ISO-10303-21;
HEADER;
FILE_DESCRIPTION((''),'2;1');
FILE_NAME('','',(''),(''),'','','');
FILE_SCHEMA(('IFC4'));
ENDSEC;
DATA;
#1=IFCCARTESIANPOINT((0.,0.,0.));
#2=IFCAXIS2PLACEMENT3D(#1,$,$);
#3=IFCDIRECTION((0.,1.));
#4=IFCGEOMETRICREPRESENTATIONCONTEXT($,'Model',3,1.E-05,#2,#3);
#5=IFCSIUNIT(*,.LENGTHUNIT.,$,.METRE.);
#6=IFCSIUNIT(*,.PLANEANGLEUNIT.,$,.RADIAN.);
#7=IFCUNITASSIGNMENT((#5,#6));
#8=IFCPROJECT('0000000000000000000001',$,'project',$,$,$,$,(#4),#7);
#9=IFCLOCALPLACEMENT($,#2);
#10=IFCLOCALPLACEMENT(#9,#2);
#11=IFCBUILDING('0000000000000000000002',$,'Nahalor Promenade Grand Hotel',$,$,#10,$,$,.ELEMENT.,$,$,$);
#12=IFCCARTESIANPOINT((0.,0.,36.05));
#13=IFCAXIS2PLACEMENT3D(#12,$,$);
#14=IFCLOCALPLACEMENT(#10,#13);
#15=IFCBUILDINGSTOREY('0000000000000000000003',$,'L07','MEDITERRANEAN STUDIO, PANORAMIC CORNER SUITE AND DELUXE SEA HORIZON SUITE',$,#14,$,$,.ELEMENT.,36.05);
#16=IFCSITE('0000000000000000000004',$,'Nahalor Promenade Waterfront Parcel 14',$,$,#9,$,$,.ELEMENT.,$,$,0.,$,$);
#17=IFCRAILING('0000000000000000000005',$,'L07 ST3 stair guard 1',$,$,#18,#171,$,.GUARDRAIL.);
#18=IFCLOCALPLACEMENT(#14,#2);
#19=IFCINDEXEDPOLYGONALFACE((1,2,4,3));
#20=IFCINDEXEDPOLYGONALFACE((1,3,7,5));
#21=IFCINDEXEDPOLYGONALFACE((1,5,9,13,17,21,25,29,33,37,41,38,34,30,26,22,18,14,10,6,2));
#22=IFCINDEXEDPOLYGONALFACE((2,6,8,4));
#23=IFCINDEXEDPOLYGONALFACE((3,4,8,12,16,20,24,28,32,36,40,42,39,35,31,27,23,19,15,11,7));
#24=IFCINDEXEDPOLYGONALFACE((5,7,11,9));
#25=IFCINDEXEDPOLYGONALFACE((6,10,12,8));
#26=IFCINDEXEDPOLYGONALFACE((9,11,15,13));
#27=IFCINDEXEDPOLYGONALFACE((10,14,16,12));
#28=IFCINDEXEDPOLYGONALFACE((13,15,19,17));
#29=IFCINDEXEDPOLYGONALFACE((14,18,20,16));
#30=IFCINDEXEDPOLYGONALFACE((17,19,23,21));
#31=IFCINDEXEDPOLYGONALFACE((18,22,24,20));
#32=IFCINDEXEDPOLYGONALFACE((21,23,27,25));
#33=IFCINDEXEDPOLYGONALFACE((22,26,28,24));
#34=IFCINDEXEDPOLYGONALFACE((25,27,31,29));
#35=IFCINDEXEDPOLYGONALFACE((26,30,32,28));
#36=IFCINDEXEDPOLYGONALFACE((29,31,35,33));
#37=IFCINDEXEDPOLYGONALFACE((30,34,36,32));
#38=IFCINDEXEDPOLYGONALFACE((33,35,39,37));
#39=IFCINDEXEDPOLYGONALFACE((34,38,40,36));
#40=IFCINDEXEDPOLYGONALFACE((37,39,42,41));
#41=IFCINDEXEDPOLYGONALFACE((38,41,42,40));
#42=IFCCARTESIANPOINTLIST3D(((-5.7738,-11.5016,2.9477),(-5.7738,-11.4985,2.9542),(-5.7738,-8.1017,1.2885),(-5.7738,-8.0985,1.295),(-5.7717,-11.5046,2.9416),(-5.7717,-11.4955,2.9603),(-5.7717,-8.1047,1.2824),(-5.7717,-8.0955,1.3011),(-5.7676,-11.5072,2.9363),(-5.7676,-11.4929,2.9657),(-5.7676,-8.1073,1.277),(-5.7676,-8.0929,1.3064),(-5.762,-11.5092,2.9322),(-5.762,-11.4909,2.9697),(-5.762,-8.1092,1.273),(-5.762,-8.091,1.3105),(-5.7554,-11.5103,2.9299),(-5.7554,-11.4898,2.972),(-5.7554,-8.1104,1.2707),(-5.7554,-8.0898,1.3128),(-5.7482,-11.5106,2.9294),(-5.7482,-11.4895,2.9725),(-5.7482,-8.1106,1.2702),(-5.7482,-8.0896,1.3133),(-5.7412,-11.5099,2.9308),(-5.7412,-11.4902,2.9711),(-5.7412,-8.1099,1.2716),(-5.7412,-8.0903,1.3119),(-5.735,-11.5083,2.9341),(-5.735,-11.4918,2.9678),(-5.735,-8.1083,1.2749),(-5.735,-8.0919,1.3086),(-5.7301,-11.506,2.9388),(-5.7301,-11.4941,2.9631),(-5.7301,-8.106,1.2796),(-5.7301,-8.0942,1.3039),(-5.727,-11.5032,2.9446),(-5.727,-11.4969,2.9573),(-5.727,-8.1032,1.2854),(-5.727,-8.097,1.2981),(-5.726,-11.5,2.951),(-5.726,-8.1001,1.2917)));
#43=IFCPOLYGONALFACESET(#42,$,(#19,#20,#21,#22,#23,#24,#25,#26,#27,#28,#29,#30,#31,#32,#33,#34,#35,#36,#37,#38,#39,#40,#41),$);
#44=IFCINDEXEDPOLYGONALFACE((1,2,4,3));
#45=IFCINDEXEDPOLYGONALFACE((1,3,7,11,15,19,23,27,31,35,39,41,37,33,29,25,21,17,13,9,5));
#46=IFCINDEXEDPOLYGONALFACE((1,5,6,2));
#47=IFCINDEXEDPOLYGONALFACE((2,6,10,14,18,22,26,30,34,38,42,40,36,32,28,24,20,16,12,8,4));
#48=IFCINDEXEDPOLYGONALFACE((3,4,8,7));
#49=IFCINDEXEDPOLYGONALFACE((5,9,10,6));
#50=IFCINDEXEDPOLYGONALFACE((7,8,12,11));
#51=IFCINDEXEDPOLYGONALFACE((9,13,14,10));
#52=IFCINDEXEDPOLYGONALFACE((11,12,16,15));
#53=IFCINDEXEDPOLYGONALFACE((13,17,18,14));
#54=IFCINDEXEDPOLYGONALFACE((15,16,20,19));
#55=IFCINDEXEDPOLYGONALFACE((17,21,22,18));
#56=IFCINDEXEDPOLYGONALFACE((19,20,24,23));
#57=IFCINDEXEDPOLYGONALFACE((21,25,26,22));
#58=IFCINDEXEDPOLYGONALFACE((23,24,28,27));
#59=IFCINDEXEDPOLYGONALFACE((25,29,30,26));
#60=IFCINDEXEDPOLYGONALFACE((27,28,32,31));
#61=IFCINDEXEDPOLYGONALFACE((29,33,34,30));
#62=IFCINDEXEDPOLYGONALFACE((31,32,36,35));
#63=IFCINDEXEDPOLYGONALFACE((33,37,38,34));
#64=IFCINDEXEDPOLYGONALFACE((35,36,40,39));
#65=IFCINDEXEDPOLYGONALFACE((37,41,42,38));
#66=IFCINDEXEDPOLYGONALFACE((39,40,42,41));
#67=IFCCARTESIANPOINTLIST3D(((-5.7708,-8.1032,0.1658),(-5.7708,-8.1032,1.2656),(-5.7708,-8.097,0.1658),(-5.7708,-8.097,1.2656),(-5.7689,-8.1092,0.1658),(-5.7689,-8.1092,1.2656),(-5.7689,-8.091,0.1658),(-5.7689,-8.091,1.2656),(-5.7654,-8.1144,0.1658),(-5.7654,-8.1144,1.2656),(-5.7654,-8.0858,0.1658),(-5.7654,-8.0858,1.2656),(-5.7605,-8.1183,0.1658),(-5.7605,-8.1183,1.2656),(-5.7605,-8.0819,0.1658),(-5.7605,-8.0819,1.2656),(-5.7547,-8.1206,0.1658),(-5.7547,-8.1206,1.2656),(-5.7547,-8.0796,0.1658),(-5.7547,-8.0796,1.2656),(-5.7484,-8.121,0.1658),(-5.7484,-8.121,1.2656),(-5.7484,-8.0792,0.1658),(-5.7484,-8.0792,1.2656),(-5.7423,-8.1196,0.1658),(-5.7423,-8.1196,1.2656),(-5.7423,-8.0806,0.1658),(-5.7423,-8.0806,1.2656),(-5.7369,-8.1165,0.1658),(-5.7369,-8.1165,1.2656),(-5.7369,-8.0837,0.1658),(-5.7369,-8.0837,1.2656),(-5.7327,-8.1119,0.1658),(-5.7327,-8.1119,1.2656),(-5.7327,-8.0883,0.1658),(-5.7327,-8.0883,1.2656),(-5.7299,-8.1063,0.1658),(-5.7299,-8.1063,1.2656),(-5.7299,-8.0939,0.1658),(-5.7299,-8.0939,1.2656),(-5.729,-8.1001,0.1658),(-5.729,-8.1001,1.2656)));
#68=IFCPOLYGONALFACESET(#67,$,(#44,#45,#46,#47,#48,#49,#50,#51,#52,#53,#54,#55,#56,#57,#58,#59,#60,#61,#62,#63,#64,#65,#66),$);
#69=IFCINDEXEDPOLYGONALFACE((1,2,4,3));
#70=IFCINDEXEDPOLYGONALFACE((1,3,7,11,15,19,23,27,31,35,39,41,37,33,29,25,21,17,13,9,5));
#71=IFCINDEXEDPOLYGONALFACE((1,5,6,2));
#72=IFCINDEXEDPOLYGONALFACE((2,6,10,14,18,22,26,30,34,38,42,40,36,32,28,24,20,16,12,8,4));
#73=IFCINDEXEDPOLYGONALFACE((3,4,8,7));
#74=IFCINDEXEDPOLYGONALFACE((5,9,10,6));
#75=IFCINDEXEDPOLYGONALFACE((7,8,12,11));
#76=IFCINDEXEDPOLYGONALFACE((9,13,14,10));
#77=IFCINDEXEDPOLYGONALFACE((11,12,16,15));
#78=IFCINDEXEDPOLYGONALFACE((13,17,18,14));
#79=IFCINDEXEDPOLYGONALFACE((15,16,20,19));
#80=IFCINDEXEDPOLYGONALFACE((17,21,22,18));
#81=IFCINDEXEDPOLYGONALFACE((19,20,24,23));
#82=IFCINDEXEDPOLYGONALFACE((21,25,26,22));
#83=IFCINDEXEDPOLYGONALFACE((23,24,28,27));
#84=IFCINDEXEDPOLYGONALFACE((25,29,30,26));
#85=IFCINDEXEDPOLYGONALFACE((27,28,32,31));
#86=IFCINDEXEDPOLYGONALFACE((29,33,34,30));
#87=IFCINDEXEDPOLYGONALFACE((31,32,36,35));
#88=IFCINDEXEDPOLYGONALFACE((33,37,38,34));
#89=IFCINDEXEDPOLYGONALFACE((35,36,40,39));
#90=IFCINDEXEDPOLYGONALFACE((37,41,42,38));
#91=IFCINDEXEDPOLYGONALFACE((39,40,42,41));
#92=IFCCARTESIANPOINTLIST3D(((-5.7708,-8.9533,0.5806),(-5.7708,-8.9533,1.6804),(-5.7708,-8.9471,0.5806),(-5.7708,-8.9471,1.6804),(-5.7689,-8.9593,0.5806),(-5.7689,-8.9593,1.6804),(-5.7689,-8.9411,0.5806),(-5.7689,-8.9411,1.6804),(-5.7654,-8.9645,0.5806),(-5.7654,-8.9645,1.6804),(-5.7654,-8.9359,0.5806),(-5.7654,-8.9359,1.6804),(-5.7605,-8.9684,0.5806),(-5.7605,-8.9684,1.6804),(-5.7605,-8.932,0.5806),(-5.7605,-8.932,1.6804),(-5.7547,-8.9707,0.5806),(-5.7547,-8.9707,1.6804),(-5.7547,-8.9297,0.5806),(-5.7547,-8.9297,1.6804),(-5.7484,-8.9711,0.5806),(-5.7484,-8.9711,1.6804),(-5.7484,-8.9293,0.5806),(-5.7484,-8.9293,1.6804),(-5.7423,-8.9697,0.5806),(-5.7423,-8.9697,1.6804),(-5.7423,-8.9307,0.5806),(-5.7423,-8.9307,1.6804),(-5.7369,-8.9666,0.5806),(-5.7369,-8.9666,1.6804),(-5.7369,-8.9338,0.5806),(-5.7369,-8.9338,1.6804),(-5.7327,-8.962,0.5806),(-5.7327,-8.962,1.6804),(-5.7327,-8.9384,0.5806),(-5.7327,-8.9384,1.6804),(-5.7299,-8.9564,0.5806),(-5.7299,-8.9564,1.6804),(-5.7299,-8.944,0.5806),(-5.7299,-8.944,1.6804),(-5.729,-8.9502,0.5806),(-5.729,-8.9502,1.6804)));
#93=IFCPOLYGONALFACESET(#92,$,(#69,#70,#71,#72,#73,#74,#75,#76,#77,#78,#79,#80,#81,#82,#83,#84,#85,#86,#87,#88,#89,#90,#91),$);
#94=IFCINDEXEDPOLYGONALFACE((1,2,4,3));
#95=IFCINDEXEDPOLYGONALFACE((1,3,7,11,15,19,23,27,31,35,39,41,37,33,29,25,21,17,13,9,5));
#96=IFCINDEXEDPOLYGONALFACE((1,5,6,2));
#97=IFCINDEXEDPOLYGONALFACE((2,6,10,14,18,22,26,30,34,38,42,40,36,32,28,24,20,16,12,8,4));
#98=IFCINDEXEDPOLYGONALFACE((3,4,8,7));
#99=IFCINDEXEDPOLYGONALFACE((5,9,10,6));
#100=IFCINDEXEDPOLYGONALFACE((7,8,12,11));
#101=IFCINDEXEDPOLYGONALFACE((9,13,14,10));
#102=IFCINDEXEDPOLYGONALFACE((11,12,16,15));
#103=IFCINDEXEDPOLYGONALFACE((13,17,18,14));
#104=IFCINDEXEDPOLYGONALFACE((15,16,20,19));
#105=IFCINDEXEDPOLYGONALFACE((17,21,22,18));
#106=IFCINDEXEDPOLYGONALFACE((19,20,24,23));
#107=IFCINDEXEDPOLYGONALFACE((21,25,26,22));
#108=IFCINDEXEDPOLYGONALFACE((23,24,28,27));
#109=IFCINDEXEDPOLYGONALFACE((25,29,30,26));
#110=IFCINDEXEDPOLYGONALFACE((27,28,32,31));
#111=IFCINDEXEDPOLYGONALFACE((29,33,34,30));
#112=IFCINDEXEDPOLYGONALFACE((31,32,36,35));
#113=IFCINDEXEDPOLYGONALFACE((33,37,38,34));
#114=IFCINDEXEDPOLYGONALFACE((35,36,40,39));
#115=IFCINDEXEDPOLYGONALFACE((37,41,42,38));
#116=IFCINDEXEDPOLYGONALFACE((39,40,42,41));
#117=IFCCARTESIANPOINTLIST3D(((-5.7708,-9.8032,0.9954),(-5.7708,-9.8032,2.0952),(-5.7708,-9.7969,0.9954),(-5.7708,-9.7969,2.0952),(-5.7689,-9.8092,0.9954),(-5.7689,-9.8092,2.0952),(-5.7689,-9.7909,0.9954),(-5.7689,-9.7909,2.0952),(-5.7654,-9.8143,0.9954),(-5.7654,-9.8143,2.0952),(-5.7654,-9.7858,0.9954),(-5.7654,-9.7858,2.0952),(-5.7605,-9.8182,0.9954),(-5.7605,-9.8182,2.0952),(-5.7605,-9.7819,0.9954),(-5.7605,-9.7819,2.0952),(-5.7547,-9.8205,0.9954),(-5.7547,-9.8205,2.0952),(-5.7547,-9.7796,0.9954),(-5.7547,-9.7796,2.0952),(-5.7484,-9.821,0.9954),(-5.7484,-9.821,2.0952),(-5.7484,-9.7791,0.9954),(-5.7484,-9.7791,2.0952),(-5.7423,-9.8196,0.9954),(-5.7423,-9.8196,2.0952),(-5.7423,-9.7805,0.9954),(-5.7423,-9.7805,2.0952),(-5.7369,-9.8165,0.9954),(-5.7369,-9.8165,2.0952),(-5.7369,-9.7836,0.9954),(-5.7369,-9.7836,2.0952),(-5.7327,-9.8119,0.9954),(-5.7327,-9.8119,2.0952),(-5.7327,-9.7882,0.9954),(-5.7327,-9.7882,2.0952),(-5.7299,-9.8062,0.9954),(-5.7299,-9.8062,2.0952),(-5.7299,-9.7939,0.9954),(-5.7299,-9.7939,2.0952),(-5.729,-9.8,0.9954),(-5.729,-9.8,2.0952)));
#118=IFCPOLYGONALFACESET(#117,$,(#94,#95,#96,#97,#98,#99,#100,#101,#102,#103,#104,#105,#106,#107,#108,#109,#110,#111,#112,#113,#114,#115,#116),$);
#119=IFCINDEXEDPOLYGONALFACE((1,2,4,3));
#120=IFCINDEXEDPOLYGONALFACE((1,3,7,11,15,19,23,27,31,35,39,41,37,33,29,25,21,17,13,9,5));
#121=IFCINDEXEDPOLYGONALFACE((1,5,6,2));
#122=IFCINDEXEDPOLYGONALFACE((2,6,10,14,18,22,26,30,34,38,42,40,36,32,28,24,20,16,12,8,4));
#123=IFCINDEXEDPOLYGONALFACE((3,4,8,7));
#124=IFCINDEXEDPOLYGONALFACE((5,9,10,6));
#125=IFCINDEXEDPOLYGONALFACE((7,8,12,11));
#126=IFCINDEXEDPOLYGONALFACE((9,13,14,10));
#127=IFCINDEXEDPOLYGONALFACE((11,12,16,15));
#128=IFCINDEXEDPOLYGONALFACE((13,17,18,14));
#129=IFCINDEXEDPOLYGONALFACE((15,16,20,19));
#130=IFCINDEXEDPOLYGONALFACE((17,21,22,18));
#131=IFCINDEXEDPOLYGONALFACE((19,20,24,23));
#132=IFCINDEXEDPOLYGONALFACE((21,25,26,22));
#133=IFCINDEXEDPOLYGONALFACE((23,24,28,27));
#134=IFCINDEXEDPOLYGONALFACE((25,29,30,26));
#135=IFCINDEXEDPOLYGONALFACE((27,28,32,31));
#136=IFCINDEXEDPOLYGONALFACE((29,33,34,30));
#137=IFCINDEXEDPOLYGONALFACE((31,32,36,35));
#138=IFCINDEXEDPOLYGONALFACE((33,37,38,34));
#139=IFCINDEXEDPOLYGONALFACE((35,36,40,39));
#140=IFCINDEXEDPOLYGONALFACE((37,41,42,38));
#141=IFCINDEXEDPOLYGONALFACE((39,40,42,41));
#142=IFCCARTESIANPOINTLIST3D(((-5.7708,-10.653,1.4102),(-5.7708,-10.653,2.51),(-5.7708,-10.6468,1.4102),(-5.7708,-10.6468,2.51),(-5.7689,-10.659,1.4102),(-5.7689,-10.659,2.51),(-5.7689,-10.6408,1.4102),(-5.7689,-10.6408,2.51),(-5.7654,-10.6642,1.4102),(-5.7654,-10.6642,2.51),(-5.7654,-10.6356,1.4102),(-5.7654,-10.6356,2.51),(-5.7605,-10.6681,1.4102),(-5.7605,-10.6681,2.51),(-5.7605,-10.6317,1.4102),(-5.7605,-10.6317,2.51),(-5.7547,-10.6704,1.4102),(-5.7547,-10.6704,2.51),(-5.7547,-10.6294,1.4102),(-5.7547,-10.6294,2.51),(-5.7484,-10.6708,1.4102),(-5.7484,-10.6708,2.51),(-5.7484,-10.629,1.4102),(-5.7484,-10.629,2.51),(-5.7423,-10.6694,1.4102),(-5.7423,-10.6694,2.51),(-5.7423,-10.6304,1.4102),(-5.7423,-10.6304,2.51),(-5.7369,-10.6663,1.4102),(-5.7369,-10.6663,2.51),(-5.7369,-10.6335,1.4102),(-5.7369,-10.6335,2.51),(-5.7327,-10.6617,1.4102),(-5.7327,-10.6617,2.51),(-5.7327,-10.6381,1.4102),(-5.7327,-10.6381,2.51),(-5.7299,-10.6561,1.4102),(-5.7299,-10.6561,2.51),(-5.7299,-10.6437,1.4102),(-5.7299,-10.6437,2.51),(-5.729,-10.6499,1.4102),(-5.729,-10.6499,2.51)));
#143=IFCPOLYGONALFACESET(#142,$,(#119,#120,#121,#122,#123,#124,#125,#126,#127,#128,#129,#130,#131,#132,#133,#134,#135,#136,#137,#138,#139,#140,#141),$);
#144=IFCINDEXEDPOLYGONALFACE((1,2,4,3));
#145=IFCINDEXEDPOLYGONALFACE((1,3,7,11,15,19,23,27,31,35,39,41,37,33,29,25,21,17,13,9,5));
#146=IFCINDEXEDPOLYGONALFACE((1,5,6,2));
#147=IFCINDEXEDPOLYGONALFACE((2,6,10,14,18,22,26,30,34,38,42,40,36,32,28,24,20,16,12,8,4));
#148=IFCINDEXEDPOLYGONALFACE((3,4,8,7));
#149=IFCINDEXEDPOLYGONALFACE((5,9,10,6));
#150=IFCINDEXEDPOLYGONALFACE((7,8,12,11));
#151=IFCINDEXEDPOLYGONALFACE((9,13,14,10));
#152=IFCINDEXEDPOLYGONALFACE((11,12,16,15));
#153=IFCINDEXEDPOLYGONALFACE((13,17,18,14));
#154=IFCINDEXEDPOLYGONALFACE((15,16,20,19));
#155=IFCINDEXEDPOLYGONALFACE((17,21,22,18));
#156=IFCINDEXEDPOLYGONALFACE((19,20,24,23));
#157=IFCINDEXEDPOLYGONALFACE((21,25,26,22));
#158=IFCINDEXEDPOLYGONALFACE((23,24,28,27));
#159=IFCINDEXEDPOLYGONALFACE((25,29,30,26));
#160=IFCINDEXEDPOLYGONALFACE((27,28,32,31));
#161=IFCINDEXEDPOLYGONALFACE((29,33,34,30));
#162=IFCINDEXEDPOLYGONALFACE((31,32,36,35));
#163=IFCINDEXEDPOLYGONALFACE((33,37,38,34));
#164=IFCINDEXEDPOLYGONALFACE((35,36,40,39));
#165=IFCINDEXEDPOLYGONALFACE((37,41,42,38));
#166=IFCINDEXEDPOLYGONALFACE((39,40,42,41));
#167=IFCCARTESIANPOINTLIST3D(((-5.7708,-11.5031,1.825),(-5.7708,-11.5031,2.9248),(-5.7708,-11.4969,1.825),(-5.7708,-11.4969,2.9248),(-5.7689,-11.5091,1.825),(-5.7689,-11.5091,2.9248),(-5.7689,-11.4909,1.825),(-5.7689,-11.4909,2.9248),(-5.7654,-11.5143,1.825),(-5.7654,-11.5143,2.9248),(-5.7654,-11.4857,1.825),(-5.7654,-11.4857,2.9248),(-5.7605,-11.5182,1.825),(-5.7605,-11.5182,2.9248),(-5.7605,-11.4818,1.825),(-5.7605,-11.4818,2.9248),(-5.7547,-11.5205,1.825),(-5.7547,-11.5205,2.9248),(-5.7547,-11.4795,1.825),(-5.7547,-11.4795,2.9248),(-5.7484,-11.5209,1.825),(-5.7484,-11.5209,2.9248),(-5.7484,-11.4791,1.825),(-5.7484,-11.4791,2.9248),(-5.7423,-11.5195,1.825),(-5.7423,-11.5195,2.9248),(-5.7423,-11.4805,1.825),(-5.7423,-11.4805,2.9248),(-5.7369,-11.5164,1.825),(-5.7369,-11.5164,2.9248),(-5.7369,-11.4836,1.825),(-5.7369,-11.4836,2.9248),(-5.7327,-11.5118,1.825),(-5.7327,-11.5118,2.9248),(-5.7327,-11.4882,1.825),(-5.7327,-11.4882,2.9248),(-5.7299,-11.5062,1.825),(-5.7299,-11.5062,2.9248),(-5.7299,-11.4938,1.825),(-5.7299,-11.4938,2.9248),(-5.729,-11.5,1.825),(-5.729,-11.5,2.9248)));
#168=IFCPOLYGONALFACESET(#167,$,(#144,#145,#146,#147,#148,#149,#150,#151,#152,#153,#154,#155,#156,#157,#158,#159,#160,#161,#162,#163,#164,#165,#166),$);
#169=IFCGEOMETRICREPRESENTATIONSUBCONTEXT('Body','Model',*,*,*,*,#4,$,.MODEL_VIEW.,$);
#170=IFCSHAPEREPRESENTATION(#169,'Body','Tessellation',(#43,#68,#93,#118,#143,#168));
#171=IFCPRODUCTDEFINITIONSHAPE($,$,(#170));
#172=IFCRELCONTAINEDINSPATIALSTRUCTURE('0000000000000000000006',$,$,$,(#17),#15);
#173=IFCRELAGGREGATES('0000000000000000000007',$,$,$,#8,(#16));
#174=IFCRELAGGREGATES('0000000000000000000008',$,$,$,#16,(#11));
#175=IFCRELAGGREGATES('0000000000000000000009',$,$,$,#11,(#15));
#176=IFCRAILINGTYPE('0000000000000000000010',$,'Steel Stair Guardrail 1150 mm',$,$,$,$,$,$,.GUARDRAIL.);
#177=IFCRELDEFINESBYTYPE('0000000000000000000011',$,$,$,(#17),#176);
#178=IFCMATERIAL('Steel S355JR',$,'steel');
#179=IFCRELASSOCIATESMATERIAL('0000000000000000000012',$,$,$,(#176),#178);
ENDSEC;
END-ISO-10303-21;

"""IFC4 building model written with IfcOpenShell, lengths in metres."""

from ifc_helpers import new_model, si_unit, direction, frame, origin, origin_2d, place, context, subcontext, project, spatial, circle, extrude, material, type_object, element, save


model = new_model("IFC4")

# Units and contexts
model_context = context("Model", 3, precision=1e-05, world=origin(), true_north=direction((0.0, 1.0)))
body_context = subcontext(model_context, "Body", "Model", "MODEL_VIEW")
ifc_project = project(units=[si_unit("LENGTHUNIT", "METRE"), si_unit("PLANEANGLEUNIT", "RADIAN")], contexts=[model_context])

# Site, building, storey
site_placement = place(None, origin())
site = spatial("IfcSite", under=ifc_project, at=site_placement, Name="Nahalor Promenade Waterfront Parcel 14", CompositionType="ELEMENT", RefElevation=0.0)
building_placement = place(site_placement, origin())
building = spatial("IfcBuilding", under=site, at=building_placement, Name="Nahalor Promenade Grand Hotel", CompositionType="ELEMENT")
storey_placement = place(building_placement, frame((0.0, 0.0, 36.05)))
storey = spatial("IfcBuildingStorey", under=building, at=storey_placement, Name="L07", Description="MEDITERRANEAN STUDIO, PANORAMIC CORNER SUITE AND DELUXE SEA HORIZON SUITE", CompositionType="ELEMENT", Elevation=36.05)

# Shared definitions
ifc_material_1 = material(Name="Steel S355JR", Category="steel")

# Railing
railing_type_1 = type_object("IfcRailingType", Name="Steel Stair Guardrail 1150 mm", PredefinedType="GUARDRAIL", material=ifc_material_1)
railing_1_placement = place(storey_placement, frame((-5.75, -8.1001, 0.1658)))
element("IfcRailing", 1, at=railing_1_placement, inside=storey, type_object=railing_type_1, Name="L07 ST3 stair guard 1", PredefinedType="GUARDRAIL", context=body_context, shape_type="SweptSolid", body=[
    extrude(circle(Radius=0.024, at=origin_2d()), frame((0.0, 0.0, 1.126), z_axis=(0.0, -0.898696, 0.438571), x_axis=(1.0, 0.0, 0.0)), (0.0, 0.0, 1.0), 3.7832),
    extrude(circle(Radius=0.021, at=origin_2d()), origin(), (0.0, 0.0, 1.0), 1.0999),
    extrude(circle(Radius=0.021, at=origin_2d()), frame((0.0, -0.8501, 0.4148)), (0.0, 0.0, 1.0), 1.0999),
    extrude(circle(Radius=0.021, at=origin_2d()), frame((0.0, -1.7, 0.8296)), (0.0, 0.0, 1.0), 1.0999),
    extrude(circle(Radius=0.021, at=origin_2d()), frame((0.0, -2.5498, 1.2444)), (0.0, 0.0, 1.0), 1.0999),
    extrude(circle(Radius=0.021, at=origin_2d()), frame((0.0, -3.3999, 1.6592)), (0.0, 0.0, 1.0), 1.0999),
])

save(model, "model.ifc")
